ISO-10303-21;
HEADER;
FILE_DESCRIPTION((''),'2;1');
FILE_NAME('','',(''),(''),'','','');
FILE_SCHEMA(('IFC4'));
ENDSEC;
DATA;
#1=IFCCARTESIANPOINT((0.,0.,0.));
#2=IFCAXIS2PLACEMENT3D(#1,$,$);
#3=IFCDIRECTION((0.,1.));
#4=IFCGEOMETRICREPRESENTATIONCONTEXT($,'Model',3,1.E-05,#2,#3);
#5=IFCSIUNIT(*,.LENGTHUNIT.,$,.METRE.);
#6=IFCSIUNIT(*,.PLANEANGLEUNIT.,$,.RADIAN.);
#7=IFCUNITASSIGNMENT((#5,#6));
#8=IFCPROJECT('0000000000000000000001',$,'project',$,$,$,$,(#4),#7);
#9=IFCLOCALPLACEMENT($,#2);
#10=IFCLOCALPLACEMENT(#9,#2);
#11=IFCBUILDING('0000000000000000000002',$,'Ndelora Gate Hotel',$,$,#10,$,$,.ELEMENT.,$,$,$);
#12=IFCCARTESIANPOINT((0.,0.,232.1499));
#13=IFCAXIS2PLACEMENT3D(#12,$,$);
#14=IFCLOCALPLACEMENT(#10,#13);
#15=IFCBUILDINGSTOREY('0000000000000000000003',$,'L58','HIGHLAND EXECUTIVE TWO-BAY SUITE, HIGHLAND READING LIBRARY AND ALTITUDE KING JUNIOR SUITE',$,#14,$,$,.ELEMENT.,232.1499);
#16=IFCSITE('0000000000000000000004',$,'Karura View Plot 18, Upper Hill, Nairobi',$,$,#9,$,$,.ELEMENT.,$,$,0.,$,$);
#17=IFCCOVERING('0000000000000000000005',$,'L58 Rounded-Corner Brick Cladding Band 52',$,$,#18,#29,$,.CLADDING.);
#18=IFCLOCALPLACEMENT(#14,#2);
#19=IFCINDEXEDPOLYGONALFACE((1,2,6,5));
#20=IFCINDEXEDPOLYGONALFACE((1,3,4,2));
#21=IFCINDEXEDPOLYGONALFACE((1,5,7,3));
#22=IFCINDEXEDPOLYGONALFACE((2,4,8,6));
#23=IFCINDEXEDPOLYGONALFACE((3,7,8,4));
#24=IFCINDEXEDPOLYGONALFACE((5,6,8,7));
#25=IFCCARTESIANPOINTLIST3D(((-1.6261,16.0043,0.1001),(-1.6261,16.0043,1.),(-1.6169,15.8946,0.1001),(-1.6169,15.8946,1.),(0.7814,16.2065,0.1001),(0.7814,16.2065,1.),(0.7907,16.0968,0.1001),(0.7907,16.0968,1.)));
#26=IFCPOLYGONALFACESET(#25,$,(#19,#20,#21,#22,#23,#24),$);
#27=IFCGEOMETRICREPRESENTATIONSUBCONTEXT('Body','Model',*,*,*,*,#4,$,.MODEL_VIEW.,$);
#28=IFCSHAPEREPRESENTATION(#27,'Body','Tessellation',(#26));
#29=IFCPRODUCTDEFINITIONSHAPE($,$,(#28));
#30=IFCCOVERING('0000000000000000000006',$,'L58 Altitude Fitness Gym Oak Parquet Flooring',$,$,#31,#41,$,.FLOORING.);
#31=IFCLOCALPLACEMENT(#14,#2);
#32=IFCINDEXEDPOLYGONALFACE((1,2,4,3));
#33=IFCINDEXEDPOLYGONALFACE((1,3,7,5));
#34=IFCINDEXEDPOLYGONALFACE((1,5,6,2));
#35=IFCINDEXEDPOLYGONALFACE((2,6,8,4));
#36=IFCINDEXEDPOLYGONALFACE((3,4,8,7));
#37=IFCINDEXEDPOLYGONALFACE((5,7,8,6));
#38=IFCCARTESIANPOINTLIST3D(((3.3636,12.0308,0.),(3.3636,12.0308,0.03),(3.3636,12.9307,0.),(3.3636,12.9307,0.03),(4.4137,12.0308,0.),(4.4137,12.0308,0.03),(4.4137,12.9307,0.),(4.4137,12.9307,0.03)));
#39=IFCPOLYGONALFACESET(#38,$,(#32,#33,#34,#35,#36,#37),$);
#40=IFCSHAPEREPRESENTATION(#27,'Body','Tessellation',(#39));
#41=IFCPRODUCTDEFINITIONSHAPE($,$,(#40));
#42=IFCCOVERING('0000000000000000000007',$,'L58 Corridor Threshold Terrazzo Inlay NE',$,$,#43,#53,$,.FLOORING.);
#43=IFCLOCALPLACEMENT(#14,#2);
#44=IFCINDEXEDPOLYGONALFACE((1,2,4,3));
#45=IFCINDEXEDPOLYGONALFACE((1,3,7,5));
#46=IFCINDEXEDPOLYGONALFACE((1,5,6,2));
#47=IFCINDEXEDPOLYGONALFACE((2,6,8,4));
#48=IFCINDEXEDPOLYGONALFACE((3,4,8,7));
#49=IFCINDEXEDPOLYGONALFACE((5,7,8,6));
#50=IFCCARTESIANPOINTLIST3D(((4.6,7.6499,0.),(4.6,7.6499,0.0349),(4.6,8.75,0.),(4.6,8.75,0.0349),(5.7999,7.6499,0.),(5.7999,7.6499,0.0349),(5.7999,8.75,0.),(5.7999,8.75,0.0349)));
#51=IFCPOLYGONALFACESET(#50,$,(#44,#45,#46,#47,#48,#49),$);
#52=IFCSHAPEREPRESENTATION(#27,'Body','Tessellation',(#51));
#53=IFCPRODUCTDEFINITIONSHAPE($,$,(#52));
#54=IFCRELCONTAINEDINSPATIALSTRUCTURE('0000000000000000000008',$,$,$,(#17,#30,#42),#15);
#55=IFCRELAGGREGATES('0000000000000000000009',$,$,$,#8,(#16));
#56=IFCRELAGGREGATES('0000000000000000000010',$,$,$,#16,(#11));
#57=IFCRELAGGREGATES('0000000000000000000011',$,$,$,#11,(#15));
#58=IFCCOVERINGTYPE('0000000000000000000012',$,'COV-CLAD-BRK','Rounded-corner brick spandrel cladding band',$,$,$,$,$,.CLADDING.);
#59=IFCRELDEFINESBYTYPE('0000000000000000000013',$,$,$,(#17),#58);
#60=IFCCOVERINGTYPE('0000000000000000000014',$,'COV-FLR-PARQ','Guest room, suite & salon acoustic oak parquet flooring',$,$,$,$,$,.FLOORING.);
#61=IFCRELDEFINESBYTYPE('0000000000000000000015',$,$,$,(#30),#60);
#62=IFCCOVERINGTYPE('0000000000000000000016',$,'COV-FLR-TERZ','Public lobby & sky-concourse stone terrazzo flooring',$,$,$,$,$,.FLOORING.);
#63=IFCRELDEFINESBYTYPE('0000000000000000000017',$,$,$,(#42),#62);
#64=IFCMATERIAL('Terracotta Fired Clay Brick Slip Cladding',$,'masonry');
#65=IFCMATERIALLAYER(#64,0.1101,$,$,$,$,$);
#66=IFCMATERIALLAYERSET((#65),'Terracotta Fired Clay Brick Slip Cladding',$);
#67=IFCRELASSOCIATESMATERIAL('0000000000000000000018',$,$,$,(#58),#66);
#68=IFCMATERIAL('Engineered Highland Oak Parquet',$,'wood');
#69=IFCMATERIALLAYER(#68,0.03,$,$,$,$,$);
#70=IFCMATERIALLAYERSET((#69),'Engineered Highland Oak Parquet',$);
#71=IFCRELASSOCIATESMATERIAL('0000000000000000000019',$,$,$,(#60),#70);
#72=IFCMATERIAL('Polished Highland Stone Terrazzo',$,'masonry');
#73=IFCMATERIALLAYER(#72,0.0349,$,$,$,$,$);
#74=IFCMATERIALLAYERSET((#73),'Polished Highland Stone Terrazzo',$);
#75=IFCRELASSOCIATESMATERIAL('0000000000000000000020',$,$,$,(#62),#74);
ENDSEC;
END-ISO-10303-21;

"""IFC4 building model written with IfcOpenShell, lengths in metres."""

from ifc_helpers import new_model, si_unit, direction, frame, origin, origin_2d, place, context, subcontext, project, spatial, rectangle, extrude, material, layer, layer_set, type_object, element, save


model = new_model("IFC4")

# Units and contexts
model_context = context("Model", 3, precision=1e-05, world=origin(), true_north=direction((0.0, 1.0)))
body_context = subcontext(model_context, "Body", "Model", "MODEL_VIEW")
ifc_project = project(units=[si_unit("LENGTHUNIT", "METRE"), si_unit("PLANEANGLEUNIT", "RADIAN")], contexts=[model_context])

# Site, building, storey
site_placement = place(None, origin())
site = spatial("IfcSite", under=ifc_project, at=site_placement, Name="Karura View Plot 18, Upper Hill, Nairobi", CompositionType="ELEMENT", RefElevation=0.0)
building_placement = place(site_placement, origin())
building = spatial("IfcBuilding", under=site, at=building_placement, Name="Ndelora Gate Hotel", CompositionType="ELEMENT")
storey_placement = place(building_placement, frame((0.0, 0.0, 232.1499)))
storey = spatial("IfcBuildingStorey", under=building, at=storey_placement, Name="L58", Description="HIGHLAND EXECUTIVE TWO-BAY SUITE, HIGHLAND READING LIBRARY AND ALTITUDE KING JUNIOR SUITE", CompositionType="ELEMENT", Elevation=232.1499)

# Coverings
ifc_material_1 = material(Name="Terracotta Fired Clay Brick Slip Cladding", Category="masonry")
ifc_layer_1 = layer(ifc_material_1, 0.1101)
ifc_layer_set_1 = layer_set([ifc_layer_1], Name="Terracotta Fired Clay Brick Slip Cladding")
covering_type_1 = type_object("IfcCoveringType", Name="COV-CLAD-BRK", Description="Rounded-corner brick spandrel cladding band", PredefinedType="CLADDING", material=ifc_layer_set_1)
covering_1_placement = place(storey_placement, frame((-0.4177, 16.0505, 0.1001), z_axis=(0.0, 0.0, 1.0), x_axis=(0.996493, 0.083678, 0.0)))
element("IfcCovering", 1, at=covering_1_placement, inside=storey, type_object=covering_type_1, Name="L58 Rounded-Corner Brick Cladding Band 52", PredefinedType="CLADDING", context=body_context, shape_type="SweptSolid", body=[
    extrude(rectangle(XDim=2.416, YDim=0.1101, at=origin_2d()), origin(), (0.0, 0.0, 1.0), 0.8999),
])
ifc_material_2 = material(Name="Engineered Highland Oak Parquet", Category="wood")
ifc_layer_2 = layer(ifc_material_2, 0.03)
ifc_layer_set_2 = layer_set([ifc_layer_2], Name="Engineered Highland Oak Parquet")
covering_type_2 = type_object("IfcCoveringType", Name="COV-FLR-PARQ", Description="Guest room, suite & salon acoustic oak parquet flooring", PredefinedType="FLOORING", material=ifc_layer_set_2)
covering_2_placement = place(storey_placement, frame((3.8887, 12.4807, 0.0), z_axis=(0.0, 0.0, 1.0), x_axis=(1.0, 0.0, 0.0)))
element("IfcCovering", 2, at=covering_2_placement, inside=storey, type_object=covering_type_2, Name="L58 Altitude Fitness Gym Oak Parquet Flooring", PredefinedType="FLOORING", context=body_context, shape_type="SweptSolid", body=[
    extrude(rectangle(XDim=1.05, YDim=0.8999, at=origin_2d()), origin(), (0.0, 0.0, 1.0), 0.03),
])
ifc_material_3 = material(Name="Polished Highland Stone Terrazzo", Category="masonry")
ifc_layer_3 = layer(ifc_material_3, 0.0349)
ifc_layer_set_3 = layer_set([ifc_layer_3], Name="Polished Highland Stone Terrazzo")
covering_type_3 = type_object("IfcCoveringType", Name="COV-FLR-TERZ", Description="Public lobby & sky-concourse stone terrazzo flooring", PredefinedType="FLOORING", material=ifc_layer_set_3)
covering_3_placement = place(storey_placement, frame((5.2, 8.2, 0.0), z_axis=(0.0, 0.0, 1.0), x_axis=(1.0, 0.0, 0.0)))
element("IfcCovering", 3, at=covering_3_placement, inside=storey, type_object=covering_type_3, Name="L58 Corridor Threshold Terrazzo Inlay NE", PredefinedType="FLOORING", context=body_context, shape_type="SweptSolid", body=[
    extrude(rectangle(XDim=1.2, YDim=1.1001, at=origin_2d()), origin(), (0.0, 0.0, 1.0), 0.0349),
])

save(model, "model.ifc")
